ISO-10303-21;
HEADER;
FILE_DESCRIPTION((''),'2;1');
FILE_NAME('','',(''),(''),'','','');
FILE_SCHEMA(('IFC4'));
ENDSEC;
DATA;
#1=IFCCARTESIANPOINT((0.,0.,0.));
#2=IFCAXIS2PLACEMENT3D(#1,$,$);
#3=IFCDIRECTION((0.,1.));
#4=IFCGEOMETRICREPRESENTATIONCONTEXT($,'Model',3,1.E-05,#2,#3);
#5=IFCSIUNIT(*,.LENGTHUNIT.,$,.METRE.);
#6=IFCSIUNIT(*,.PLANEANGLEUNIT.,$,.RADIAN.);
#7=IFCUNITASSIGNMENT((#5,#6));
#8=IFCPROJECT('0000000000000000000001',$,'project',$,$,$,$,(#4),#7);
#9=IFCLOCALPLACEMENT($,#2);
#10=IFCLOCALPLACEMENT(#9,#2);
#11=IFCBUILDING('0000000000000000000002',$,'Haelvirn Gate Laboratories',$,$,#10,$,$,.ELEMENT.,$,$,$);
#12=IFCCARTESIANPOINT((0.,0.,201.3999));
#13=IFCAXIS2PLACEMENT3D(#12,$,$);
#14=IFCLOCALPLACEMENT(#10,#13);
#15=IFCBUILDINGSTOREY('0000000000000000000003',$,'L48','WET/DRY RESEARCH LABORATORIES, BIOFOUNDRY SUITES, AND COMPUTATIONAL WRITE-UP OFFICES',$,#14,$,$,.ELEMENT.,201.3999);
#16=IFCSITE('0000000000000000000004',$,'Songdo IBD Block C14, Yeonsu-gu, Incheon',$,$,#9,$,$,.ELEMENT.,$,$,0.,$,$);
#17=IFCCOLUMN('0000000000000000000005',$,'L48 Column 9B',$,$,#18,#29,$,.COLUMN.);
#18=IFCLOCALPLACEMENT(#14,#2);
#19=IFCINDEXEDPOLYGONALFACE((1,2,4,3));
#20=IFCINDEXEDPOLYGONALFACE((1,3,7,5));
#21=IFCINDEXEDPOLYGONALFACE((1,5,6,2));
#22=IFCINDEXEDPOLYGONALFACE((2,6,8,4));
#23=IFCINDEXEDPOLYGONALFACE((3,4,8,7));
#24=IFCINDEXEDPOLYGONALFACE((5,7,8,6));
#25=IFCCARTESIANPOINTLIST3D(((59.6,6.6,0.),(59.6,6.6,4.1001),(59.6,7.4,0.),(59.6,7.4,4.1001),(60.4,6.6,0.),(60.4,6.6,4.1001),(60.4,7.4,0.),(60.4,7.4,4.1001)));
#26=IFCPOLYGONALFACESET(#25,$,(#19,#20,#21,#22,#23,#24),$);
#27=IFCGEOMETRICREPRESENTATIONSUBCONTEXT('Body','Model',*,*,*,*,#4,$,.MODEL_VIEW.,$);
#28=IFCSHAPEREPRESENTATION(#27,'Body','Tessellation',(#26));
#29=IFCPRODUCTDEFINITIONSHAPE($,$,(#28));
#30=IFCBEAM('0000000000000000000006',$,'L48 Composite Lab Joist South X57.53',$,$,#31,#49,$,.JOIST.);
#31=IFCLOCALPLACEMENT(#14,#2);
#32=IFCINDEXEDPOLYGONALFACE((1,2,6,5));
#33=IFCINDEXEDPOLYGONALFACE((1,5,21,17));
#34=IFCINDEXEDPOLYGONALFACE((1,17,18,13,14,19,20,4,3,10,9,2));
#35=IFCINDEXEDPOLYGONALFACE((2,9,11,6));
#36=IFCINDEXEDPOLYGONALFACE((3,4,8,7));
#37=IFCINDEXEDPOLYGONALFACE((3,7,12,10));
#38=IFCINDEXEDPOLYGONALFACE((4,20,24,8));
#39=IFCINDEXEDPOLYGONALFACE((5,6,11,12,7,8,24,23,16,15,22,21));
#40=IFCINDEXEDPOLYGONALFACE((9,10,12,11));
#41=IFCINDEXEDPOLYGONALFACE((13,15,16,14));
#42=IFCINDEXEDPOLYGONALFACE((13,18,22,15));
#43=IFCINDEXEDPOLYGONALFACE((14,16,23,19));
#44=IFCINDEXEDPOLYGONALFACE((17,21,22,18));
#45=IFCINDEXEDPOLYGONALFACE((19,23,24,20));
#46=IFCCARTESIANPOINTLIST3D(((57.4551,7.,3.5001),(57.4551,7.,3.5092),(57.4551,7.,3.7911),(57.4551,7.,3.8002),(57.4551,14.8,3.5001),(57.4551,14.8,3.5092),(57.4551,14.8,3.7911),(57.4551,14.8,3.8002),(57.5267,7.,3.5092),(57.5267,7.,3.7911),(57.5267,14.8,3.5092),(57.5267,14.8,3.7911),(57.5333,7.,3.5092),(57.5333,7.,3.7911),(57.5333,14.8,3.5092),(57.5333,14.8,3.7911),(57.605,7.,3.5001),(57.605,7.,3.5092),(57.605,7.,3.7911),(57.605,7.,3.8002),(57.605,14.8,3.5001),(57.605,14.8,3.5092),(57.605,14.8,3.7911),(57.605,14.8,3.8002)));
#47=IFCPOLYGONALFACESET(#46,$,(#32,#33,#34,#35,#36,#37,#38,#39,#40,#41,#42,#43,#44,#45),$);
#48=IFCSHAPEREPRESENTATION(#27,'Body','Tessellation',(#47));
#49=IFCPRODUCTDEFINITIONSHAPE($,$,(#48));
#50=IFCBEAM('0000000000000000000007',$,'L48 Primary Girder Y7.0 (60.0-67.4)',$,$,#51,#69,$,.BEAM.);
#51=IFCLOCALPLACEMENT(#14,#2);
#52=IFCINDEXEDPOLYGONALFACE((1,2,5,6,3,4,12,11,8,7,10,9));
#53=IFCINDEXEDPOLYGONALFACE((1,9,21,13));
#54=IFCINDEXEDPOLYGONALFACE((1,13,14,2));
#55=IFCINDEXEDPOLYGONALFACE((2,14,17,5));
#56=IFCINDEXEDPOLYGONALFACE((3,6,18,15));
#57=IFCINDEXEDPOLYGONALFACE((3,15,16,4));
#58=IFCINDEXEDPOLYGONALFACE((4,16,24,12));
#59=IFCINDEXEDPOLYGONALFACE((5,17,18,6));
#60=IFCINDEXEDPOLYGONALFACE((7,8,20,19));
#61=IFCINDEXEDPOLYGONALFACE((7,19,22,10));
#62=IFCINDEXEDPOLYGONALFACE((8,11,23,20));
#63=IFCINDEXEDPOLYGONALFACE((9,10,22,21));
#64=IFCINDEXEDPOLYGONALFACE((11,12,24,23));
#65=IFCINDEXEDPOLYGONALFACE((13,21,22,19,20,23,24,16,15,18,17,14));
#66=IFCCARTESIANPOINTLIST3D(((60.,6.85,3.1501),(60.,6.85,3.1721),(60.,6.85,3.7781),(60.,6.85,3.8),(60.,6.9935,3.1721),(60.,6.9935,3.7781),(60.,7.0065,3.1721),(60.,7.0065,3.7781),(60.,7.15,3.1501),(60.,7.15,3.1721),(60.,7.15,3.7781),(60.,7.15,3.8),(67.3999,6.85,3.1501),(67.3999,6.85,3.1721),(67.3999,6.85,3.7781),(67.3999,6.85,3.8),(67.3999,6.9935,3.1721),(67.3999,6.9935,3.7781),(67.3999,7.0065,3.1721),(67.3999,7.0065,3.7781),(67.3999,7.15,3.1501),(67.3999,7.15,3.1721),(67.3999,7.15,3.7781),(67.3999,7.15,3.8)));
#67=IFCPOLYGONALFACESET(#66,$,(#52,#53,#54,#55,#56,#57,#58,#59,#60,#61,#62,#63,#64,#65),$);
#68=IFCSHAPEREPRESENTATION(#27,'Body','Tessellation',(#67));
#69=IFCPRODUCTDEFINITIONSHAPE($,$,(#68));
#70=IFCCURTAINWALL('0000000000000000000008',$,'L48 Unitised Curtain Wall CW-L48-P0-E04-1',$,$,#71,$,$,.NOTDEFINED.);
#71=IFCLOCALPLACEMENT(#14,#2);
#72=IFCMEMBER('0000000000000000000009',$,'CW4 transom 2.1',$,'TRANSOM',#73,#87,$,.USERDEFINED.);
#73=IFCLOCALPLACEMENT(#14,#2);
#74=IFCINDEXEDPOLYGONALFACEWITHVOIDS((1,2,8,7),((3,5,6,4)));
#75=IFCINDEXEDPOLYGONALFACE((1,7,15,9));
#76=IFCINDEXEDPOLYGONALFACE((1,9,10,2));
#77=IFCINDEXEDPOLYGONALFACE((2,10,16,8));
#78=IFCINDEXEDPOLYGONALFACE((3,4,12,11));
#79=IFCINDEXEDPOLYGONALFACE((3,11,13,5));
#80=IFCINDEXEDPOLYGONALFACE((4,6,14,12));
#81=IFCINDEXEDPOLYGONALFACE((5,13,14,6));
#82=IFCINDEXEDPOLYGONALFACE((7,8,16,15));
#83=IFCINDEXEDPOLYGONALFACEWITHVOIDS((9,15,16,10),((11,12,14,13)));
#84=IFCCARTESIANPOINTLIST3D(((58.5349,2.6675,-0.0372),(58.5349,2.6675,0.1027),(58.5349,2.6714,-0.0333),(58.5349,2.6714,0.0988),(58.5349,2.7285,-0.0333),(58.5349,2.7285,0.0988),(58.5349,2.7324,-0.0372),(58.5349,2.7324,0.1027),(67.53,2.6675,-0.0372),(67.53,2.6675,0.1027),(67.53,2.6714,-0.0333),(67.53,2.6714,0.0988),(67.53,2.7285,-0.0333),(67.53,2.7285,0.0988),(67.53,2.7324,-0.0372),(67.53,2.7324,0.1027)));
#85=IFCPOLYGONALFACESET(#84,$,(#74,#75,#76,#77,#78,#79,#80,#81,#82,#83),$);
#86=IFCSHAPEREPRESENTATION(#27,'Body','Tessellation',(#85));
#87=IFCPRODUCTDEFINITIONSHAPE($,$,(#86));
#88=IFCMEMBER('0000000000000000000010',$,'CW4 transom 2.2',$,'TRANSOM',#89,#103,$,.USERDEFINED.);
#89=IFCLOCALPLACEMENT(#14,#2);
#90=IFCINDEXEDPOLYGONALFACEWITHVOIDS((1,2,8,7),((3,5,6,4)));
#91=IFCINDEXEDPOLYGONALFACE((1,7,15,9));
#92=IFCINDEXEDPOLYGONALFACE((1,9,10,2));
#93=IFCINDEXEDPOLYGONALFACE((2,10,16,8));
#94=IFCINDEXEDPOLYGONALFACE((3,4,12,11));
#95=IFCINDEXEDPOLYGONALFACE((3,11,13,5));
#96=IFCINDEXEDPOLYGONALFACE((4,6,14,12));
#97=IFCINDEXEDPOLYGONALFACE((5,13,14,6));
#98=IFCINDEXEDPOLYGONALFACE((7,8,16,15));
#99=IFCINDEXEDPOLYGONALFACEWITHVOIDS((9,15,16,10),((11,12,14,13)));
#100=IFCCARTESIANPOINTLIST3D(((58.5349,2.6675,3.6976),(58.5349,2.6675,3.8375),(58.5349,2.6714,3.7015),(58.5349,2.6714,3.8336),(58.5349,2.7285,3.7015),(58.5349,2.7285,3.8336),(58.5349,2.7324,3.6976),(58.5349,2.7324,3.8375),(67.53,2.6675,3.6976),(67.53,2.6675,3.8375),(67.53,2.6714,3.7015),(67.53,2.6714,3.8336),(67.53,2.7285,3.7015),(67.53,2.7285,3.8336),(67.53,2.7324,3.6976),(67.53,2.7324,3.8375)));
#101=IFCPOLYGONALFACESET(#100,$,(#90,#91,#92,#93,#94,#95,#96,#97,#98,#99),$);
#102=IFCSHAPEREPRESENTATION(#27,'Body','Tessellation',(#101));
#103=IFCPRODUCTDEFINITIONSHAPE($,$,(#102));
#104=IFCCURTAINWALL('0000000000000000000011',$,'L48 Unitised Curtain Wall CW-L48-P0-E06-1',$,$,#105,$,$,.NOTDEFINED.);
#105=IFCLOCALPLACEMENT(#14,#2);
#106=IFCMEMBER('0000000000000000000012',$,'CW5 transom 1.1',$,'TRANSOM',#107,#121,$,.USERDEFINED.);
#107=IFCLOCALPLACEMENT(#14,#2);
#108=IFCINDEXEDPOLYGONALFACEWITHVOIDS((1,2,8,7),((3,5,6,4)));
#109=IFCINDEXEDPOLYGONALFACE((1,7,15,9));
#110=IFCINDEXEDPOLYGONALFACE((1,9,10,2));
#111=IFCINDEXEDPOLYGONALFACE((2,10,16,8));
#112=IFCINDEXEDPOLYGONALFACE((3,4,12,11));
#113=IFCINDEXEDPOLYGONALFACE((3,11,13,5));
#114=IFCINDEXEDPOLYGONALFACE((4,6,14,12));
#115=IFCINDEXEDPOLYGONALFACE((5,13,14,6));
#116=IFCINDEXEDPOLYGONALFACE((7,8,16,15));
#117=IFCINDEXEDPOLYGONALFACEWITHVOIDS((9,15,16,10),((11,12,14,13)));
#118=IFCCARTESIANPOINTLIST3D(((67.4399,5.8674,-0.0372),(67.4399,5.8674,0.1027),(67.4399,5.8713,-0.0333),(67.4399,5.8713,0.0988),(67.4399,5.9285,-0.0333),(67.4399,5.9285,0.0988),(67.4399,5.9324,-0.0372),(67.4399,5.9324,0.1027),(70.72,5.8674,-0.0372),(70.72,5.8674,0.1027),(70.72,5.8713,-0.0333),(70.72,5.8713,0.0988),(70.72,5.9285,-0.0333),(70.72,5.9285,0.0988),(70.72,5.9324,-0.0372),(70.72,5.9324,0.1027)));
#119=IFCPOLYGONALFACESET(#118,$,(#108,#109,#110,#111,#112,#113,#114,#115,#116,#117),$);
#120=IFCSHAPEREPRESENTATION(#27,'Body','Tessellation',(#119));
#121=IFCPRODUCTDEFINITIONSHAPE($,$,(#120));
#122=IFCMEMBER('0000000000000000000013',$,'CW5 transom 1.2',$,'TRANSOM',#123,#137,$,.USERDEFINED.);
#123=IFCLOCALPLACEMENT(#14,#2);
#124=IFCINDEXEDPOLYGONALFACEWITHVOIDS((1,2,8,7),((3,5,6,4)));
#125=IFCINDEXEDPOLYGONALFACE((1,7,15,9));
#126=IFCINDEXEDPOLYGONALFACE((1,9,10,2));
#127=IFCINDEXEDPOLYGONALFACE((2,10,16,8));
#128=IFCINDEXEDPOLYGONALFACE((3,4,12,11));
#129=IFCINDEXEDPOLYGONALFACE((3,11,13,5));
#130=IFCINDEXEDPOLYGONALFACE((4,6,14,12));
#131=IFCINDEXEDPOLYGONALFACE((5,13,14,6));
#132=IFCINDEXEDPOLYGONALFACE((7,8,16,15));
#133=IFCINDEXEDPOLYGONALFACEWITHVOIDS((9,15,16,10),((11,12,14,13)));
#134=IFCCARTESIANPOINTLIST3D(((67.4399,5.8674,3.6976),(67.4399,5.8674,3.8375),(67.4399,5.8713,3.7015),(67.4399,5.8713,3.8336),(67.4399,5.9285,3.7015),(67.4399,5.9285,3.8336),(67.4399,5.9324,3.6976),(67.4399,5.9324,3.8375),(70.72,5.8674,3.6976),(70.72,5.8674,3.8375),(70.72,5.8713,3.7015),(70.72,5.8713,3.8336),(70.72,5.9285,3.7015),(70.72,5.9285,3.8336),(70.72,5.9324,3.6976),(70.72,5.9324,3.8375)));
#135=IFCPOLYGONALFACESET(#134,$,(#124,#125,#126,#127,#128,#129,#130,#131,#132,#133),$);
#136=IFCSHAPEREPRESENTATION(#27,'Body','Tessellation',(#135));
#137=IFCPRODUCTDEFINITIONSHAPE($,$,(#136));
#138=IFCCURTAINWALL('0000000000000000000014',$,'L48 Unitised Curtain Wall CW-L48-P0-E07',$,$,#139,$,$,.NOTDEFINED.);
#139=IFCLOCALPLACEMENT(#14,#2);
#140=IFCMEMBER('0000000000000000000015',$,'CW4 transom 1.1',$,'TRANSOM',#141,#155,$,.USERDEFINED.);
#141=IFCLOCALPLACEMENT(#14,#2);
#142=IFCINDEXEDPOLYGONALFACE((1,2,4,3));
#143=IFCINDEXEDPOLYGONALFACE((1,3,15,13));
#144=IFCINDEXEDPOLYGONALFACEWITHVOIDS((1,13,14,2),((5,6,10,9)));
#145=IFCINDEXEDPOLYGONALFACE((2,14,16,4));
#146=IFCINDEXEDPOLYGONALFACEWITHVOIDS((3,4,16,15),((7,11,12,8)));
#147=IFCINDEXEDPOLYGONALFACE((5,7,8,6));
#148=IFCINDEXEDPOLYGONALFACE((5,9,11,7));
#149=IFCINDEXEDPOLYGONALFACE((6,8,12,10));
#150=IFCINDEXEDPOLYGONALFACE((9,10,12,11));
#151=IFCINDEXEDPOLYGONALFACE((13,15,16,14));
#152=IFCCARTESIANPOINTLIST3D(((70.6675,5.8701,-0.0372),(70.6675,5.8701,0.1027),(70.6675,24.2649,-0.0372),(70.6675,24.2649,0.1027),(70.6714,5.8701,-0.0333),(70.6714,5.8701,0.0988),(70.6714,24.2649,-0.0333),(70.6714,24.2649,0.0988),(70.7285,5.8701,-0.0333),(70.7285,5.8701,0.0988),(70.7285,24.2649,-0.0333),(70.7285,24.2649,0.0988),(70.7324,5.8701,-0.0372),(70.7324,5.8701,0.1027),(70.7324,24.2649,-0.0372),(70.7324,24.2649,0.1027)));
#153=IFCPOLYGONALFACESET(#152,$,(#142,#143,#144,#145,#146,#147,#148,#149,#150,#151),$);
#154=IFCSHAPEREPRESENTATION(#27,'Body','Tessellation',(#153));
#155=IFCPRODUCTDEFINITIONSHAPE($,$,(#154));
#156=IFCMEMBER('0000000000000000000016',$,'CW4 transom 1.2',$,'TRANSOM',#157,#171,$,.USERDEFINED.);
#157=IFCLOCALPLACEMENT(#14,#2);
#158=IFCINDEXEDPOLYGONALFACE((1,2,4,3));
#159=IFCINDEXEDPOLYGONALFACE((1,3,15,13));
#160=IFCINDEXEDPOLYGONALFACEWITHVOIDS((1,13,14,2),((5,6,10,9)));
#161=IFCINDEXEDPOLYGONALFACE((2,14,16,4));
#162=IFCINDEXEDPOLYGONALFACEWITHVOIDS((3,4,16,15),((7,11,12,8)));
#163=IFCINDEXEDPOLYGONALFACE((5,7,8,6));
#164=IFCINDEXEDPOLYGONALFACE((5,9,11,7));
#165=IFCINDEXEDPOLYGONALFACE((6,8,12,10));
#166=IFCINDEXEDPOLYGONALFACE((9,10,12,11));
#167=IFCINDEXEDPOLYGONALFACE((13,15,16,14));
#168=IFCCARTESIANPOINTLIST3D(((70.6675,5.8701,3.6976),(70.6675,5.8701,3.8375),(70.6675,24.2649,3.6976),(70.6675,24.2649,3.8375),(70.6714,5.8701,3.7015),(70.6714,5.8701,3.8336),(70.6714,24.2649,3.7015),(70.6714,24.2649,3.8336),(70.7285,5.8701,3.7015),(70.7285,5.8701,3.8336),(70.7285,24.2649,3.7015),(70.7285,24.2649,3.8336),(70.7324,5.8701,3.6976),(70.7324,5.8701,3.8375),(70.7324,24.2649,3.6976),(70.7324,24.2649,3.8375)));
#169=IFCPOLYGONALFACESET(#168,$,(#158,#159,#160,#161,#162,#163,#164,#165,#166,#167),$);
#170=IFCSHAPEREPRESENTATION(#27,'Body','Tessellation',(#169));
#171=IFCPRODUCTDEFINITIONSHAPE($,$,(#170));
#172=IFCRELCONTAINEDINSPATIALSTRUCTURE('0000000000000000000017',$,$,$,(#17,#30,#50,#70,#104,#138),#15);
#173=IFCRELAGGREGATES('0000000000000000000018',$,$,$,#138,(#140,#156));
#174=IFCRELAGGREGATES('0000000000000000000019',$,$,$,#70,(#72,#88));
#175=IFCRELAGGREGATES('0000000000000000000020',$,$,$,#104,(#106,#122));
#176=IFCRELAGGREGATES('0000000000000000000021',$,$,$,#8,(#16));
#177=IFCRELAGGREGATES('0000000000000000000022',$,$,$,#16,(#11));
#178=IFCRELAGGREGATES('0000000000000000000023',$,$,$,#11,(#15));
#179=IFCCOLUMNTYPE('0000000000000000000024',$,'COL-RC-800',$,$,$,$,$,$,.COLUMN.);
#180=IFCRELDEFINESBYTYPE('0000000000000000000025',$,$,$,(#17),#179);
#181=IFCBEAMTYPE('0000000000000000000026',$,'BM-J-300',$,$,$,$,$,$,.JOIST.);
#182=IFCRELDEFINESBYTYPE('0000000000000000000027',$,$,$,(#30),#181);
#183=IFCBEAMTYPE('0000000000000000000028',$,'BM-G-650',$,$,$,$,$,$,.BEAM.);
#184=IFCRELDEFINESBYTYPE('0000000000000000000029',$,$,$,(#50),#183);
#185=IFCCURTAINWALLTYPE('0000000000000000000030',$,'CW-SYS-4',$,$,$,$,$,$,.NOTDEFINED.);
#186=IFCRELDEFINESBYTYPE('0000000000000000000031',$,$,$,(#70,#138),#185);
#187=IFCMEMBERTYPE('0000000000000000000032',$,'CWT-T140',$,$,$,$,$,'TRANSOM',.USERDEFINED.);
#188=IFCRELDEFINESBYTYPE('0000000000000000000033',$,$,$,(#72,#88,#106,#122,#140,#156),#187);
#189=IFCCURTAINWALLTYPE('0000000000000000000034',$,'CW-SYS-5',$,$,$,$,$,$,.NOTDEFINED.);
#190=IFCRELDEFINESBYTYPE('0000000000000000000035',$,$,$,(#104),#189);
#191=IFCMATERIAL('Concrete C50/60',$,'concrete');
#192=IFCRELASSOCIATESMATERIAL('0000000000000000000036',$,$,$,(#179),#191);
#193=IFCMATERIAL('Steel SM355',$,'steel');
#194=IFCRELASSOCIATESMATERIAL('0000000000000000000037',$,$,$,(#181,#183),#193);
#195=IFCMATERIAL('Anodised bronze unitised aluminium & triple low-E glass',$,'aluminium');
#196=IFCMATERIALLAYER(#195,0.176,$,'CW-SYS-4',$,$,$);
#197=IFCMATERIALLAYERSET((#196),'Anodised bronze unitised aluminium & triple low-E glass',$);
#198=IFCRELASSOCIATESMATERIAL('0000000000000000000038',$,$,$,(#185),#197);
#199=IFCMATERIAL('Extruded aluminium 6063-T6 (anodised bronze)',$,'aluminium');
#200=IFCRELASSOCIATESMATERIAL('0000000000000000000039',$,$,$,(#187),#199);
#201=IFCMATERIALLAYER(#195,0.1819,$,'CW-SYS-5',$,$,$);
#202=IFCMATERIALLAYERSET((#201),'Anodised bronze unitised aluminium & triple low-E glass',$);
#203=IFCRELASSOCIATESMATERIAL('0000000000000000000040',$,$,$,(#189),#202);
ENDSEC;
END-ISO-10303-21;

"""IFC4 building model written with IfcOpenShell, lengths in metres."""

from ifc_helpers import new_model, si_unit, direction, frame, origin, origin_2d, place, context, subcontext, project, spatial, rectangle, hollow_rectangle, i_section, extrude, source, transform, mapped, material, layer, layer_set, material_profile, profile_set, type_object, type_shapes, element, aggregate, save


model = new_model("IFC4")

# Units and contexts
model_context = context("Model", 3, precision=1e-05, world=origin(), true_north=direction((0.0, 1.0)))
body_context = subcontext(model_context, "Body", "Model", "MODEL_VIEW")
ifc_project = project(units=[si_unit("LENGTHUNIT", "METRE"), si_unit("PLANEANGLEUNIT", "RADIAN")], contexts=[model_context])

# Site, building, storey
site_placement = place(None, origin())
site = spatial("IfcSite", under=ifc_project, at=site_placement, Name="Songdo IBD Block C14, Yeonsu-gu, Incheon", CompositionType="ELEMENT", RefElevation=0.0)
building_placement = place(site_placement, origin())
building = spatial("IfcBuilding", under=site, at=building_placement, Name="Haelvirn Gate Laboratories", CompositionType="ELEMENT")
storey_placement = place(building_placement, frame((0.0, 0.0, 201.3999)))
storey = spatial("IfcBuildingStorey", under=building, at=storey_placement, Name="L48", Description="WET/DRY RESEARCH LABORATORIES, BIOFOUNDRY SUITES, AND COMPUTATIONAL WRITE-UP OFFICES", CompositionType="ELEMENT", Elevation=201.3999)

# Column
ifc_material_1 = material(Name="Concrete C50/60", Category="concrete")
ifc_material_profile_1 = material_profile(ifc_material_1, rectangle(XDim=0.8, YDim=0.8, at=origin_2d()), Name="RC-800x800")
ifc_profile_set_1 = profile_set([ifc_material_profile_1], Name="Concrete C50/60")
column_type = type_object("IfcColumnType", Name="COL-RC-800", PredefinedType="COLUMN", material=ifc_profile_set_1)
shared_shape_1 = source(origin(), body_context, "Body", "SweptSolid", [
    extrude(rectangle(XDim=0.8, YDim=0.8, at=origin_2d()), origin(), (0.0, 0.0, 1.0), 4.1001),
])
type_shapes(column_type, [shared_shape_1])
column_placement = place(storey_placement, frame((60.0, 7.0, 0.0), z_axis=(0.0, 0.0, 1.0), x_axis=(1.0, 0.0, 0.0)))
element("IfcColumn", 1, at=column_placement, inside=storey, type_object=column_type, Name="L48 Column 9B", PredefinedType="COLUMN", context=body_context, shape_type="MappedRepresentation", body=[
    mapped(shared_shape_1, transform((0.0, 0.0, 0.0), scale=1.0)),
])

# Beams
ifc_material_2 = material(Name="Steel SM355", Category="steel")
ifc_material_profile_2 = material_profile(ifc_material_2, i_section(OverallWidth=0.1499, OverallDepth=0.3, WebThickness=0.0066, FlangeThickness=0.009, at=origin_2d()), Name="H-300x150x6.5x9")
ifc_profile_set_2 = profile_set([ifc_material_profile_2], Name="Steel SM355")
beam_type_1 = type_object("IfcBeamType", Name="BM-J-300", PredefinedType="JOIST", material=ifc_profile_set_2)
shared_shape_2 = source(origin(), body_context, "Body", "SweptSolid", [
    extrude(i_section(OverallWidth=0.1499, OverallDepth=0.3, WebThickness=0.0066, FlangeThickness=0.009, at=origin_2d()), origin(), (0.0, 0.0, 1.0), 7.8),
])
type_shapes(beam_type_1, [shared_shape_2])
beam_1_placement = place(storey_placement, frame((57.53, 7.0, 3.6501), z_axis=(0.0, 1.0, 0.0), x_axis=(-1.0, 0.0, 0.0)))
element("IfcBeam", 2, at=beam_1_placement, inside=storey, type_object=beam_type_1, Name="L48 Composite Lab Joist South X57.53", PredefinedType="JOIST", context=body_context, shape_type="MappedRepresentation", body=[
    mapped(shared_shape_2, transform((0.0, 0.0, 0.0), scale=1.0)),
])
ifc_material_profile_3 = material_profile(ifc_material_2, i_section(OverallWidth=0.3, OverallDepth=0.6499, WebThickness=0.0129, FlangeThickness=0.022, at=origin_2d()), Name="H-650x300x13x22")
ifc_profile_set_3 = profile_set([ifc_material_profile_3], Name="Steel SM355")
beam_type_2 = type_object("IfcBeamType", Name="BM-G-650", PredefinedType="BEAM", material=ifc_profile_set_3)
shared_shape_3 = source(origin(), body_context, "Body", "SweptSolid", [
    extrude(i_section(OverallWidth=0.3, OverallDepth=0.6499, WebThickness=0.0129, FlangeThickness=0.022, at=origin_2d()), origin(), (0.0, 0.0, 1.0), 7.3999),
])
type_shapes(beam_type_2, [shared_shape_3])
beam_2_placement = place(storey_placement, frame((60.0, 7.0, 3.4751), z_axis=(1.0, 0.0, 0.0), x_axis=(0.0, 1.0, 0.0)))
element("IfcBeam", 3, at=beam_2_placement, inside=storey, type_object=beam_type_2, Name="L48 Primary Girder Y7.0 (60.0-67.4)", PredefinedType="BEAM", context=body_context, shape_type="MappedRepresentation", body=[
    mapped(shared_shape_3, transform((0.0, 0.0, 0.0), scale=1.0)),
])

# Curtain walls, members
ifc_material_3 = material(Name="Anodised bronze unitised aluminium & triple low-E glass", Category="aluminium")
ifc_layer_1 = layer(ifc_material_3, 0.176, Name="CW-SYS-4")
ifc_layer_set_1 = layer_set([ifc_layer_1], Name="Anodised bronze unitised aluminium & triple low-E glass")
curtain_wall_type_1 = type_object("IfcCurtainWallType", Name="CW-SYS-4", PredefinedType="NOTDEFINED", material=ifc_layer_set_1)
curtain_wall_1_placement = place(storey_placement, origin())
curtain_wall_1 = element("IfcCurtainWall", 4, at=curtain_wall_1_placement, inside=storey, type_object=curtain_wall_type_1, Name="L48 Unitised Curtain Wall CW-L48-P0-E04-1", PredefinedType="NOTDEFINED")
ifc_material_4 = material(Name="Extruded aluminium 6063-T6 (anodised bronze)", Category="aluminium")
ifc_material_profile_4 = material_profile(ifc_material_4, hollow_rectangle(XDim=0.0649, YDim=0.1399, WallThickness=0.0039, at=origin_2d()), Name="CWT-140x65x4")
ifc_profile_set_4 = profile_set([ifc_material_profile_4], Name="Extruded aluminium 6063-T6 (anodised bronze)")
member_type_1 = type_object("IfcMemberType", Name="CWT-T140", ElementType="TRANSOM", PredefinedType="USERDEFINED", material=ifc_profile_set_4)
shared_shape_4 = source(origin(), body_context, "Body", "SweptSolid", [
    extrude(hollow_rectangle(XDim=0.0649, YDim=0.1399, WallThickness=0.0039, at=origin_2d()), origin(), (0.0, 0.0, 1.0), 8.9951),
])
member_1_placement = place(storey_placement, frame((58.5349, 2.7, 0.0327), z_axis=(1.0, 0.0, 0.0), x_axis=(0.0, 1.0, 0.0)))
member_1 = element("IfcMember", 5, at=member_1_placement, type_object=member_type_1, Name="CW4 transom 2.1", ObjectType="TRANSOM", PredefinedType="USERDEFINED", context=body_context, shape_type="MappedRepresentation", body=[
    mapped(shared_shape_4, transform((0.0, 0.0, 0.0), scale=1.0)),
])
member_2_placement = place(storey_placement, frame((58.5349, 2.7, 3.7676), z_axis=(1.0, 0.0, 0.0), x_axis=(0.0, 1.0, 0.0)))
member_2 = element("IfcMember", 6, at=member_2_placement, type_object=member_type_1, Name="CW4 transom 2.2", ObjectType="TRANSOM", PredefinedType="USERDEFINED", context=body_context, shape_type="MappedRepresentation", body=[
    mapped(shared_shape_4, transform((0.0, 0.0, 0.0), scale=1.0)),
])
ifc_layer_2 = layer(ifc_material_3, 0.1819, Name="CW-SYS-5")
ifc_layer_set_2 = layer_set([ifc_layer_2], Name="Anodised bronze unitised aluminium & triple low-E glass")
curtain_wall_type_2 = type_object("IfcCurtainWallType", Name="CW-SYS-5", PredefinedType="NOTDEFINED", material=ifc_layer_set_2)
curtain_wall_2_placement = place(storey_placement, origin())
curtain_wall_2 = element("IfcCurtainWall", 7, at=curtain_wall_2_placement, inside=storey, type_object=curtain_wall_type_2, Name="L48 Unitised Curtain Wall CW-L48-P0-E06-1", PredefinedType="NOTDEFINED")
shared_shape_5 = source(origin(), body_context, "Body", "SweptSolid", [
    extrude(hollow_rectangle(XDim=0.0649, YDim=0.1399, WallThickness=0.0039, at=origin_2d()), origin(), (0.0, 0.0, 1.0), 3.28),
])
member_3_placement = place(storey_placement, frame((67.4399, 5.8999, 0.0327), z_axis=(1.0, 0.0, 0.0), x_axis=(0.0, 1.0, 0.0)))
member_3 = element("IfcMember", 8, at=member_3_placement, type_object=member_type_1, Name="CW5 transom 1.1", ObjectType="TRANSOM", PredefinedType="USERDEFINED", context=body_context, shape_type="MappedRepresentation", body=[
    mapped(shared_shape_5, transform((0.0, 0.0, 0.0), scale=1.0)),
])
member_4_placement = place(storey_placement, frame((67.4399, 5.8999, 3.7676), z_axis=(1.0, 0.0, 0.0), x_axis=(0.0, 1.0, 0.0)))
member_4 = element("IfcMember", 9, at=member_4_placement, type_object=member_type_1, Name="CW5 transom 1.2", ObjectType="TRANSOM", PredefinedType="USERDEFINED", context=body_context, shape_type="MappedRepresentation", body=[
    mapped(shared_shape_5, transform((0.0, 0.0, 0.0), scale=1.0)),
])
curtain_wall_3_placement = place(storey_placement, origin())
curtain_wall_3 = element("IfcCurtainWall", 10, at=curtain_wall_3_placement, inside=storey, type_object=curtain_wall_type_1, Name="L48 Unitised Curtain Wall CW-L48-P0-E07", PredefinedType="NOTDEFINED")
shared_shape_6 = source(origin(), body_context, "Body", "SweptSolid", [
    extrude(hollow_rectangle(XDim=0.0649, YDim=0.1399, WallThickness=0.0039, at=origin_2d()), origin(), (0.0, 0.0, 1.0), 18.3948),
])
type_shapes(member_type_1, [shared_shape_4, shared_shape_5, shared_shape_6])
member_5_placement = place(storey_placement, frame((70.7, 5.8701, 0.0327), z_axis=(0.0, 1.0, 0.0), x_axis=(-1.0, 0.0, 0.0)))
member_5 = element("IfcMember", 11, at=member_5_placement, type_object=member_type_1, Name="CW4 transom 1.1", ObjectType="TRANSOM", PredefinedType="USERDEFINED", context=body_context, shape_type="MappedRepresentation", body=[
    mapped(shared_shape_6, transform((0.0, 0.0, 0.0), scale=1.0)),
])
member_6_placement = place(storey_placement, frame((70.7, 5.8701, 3.7676), z_axis=(0.0, 1.0, 0.0), x_axis=(-1.0, 0.0, 0.0)))
member_6 = element("IfcMember", 12, at=member_6_placement, type_object=member_type_1, Name="CW4 transom 1.2", ObjectType="TRANSOM", PredefinedType="USERDEFINED", context=body_context, shape_type="MappedRepresentation", body=[
    mapped(shared_shape_6, transform((0.0, 0.0, 0.0), scale=1.0)),
])

aggregate(curtain_wall_3, [member_5, member_6])

aggregate(curtain_wall_1, [member_1, member_2])
aggregate(curtain_wall_2, [member_3, member_4])

save(model, "model.ifc")
